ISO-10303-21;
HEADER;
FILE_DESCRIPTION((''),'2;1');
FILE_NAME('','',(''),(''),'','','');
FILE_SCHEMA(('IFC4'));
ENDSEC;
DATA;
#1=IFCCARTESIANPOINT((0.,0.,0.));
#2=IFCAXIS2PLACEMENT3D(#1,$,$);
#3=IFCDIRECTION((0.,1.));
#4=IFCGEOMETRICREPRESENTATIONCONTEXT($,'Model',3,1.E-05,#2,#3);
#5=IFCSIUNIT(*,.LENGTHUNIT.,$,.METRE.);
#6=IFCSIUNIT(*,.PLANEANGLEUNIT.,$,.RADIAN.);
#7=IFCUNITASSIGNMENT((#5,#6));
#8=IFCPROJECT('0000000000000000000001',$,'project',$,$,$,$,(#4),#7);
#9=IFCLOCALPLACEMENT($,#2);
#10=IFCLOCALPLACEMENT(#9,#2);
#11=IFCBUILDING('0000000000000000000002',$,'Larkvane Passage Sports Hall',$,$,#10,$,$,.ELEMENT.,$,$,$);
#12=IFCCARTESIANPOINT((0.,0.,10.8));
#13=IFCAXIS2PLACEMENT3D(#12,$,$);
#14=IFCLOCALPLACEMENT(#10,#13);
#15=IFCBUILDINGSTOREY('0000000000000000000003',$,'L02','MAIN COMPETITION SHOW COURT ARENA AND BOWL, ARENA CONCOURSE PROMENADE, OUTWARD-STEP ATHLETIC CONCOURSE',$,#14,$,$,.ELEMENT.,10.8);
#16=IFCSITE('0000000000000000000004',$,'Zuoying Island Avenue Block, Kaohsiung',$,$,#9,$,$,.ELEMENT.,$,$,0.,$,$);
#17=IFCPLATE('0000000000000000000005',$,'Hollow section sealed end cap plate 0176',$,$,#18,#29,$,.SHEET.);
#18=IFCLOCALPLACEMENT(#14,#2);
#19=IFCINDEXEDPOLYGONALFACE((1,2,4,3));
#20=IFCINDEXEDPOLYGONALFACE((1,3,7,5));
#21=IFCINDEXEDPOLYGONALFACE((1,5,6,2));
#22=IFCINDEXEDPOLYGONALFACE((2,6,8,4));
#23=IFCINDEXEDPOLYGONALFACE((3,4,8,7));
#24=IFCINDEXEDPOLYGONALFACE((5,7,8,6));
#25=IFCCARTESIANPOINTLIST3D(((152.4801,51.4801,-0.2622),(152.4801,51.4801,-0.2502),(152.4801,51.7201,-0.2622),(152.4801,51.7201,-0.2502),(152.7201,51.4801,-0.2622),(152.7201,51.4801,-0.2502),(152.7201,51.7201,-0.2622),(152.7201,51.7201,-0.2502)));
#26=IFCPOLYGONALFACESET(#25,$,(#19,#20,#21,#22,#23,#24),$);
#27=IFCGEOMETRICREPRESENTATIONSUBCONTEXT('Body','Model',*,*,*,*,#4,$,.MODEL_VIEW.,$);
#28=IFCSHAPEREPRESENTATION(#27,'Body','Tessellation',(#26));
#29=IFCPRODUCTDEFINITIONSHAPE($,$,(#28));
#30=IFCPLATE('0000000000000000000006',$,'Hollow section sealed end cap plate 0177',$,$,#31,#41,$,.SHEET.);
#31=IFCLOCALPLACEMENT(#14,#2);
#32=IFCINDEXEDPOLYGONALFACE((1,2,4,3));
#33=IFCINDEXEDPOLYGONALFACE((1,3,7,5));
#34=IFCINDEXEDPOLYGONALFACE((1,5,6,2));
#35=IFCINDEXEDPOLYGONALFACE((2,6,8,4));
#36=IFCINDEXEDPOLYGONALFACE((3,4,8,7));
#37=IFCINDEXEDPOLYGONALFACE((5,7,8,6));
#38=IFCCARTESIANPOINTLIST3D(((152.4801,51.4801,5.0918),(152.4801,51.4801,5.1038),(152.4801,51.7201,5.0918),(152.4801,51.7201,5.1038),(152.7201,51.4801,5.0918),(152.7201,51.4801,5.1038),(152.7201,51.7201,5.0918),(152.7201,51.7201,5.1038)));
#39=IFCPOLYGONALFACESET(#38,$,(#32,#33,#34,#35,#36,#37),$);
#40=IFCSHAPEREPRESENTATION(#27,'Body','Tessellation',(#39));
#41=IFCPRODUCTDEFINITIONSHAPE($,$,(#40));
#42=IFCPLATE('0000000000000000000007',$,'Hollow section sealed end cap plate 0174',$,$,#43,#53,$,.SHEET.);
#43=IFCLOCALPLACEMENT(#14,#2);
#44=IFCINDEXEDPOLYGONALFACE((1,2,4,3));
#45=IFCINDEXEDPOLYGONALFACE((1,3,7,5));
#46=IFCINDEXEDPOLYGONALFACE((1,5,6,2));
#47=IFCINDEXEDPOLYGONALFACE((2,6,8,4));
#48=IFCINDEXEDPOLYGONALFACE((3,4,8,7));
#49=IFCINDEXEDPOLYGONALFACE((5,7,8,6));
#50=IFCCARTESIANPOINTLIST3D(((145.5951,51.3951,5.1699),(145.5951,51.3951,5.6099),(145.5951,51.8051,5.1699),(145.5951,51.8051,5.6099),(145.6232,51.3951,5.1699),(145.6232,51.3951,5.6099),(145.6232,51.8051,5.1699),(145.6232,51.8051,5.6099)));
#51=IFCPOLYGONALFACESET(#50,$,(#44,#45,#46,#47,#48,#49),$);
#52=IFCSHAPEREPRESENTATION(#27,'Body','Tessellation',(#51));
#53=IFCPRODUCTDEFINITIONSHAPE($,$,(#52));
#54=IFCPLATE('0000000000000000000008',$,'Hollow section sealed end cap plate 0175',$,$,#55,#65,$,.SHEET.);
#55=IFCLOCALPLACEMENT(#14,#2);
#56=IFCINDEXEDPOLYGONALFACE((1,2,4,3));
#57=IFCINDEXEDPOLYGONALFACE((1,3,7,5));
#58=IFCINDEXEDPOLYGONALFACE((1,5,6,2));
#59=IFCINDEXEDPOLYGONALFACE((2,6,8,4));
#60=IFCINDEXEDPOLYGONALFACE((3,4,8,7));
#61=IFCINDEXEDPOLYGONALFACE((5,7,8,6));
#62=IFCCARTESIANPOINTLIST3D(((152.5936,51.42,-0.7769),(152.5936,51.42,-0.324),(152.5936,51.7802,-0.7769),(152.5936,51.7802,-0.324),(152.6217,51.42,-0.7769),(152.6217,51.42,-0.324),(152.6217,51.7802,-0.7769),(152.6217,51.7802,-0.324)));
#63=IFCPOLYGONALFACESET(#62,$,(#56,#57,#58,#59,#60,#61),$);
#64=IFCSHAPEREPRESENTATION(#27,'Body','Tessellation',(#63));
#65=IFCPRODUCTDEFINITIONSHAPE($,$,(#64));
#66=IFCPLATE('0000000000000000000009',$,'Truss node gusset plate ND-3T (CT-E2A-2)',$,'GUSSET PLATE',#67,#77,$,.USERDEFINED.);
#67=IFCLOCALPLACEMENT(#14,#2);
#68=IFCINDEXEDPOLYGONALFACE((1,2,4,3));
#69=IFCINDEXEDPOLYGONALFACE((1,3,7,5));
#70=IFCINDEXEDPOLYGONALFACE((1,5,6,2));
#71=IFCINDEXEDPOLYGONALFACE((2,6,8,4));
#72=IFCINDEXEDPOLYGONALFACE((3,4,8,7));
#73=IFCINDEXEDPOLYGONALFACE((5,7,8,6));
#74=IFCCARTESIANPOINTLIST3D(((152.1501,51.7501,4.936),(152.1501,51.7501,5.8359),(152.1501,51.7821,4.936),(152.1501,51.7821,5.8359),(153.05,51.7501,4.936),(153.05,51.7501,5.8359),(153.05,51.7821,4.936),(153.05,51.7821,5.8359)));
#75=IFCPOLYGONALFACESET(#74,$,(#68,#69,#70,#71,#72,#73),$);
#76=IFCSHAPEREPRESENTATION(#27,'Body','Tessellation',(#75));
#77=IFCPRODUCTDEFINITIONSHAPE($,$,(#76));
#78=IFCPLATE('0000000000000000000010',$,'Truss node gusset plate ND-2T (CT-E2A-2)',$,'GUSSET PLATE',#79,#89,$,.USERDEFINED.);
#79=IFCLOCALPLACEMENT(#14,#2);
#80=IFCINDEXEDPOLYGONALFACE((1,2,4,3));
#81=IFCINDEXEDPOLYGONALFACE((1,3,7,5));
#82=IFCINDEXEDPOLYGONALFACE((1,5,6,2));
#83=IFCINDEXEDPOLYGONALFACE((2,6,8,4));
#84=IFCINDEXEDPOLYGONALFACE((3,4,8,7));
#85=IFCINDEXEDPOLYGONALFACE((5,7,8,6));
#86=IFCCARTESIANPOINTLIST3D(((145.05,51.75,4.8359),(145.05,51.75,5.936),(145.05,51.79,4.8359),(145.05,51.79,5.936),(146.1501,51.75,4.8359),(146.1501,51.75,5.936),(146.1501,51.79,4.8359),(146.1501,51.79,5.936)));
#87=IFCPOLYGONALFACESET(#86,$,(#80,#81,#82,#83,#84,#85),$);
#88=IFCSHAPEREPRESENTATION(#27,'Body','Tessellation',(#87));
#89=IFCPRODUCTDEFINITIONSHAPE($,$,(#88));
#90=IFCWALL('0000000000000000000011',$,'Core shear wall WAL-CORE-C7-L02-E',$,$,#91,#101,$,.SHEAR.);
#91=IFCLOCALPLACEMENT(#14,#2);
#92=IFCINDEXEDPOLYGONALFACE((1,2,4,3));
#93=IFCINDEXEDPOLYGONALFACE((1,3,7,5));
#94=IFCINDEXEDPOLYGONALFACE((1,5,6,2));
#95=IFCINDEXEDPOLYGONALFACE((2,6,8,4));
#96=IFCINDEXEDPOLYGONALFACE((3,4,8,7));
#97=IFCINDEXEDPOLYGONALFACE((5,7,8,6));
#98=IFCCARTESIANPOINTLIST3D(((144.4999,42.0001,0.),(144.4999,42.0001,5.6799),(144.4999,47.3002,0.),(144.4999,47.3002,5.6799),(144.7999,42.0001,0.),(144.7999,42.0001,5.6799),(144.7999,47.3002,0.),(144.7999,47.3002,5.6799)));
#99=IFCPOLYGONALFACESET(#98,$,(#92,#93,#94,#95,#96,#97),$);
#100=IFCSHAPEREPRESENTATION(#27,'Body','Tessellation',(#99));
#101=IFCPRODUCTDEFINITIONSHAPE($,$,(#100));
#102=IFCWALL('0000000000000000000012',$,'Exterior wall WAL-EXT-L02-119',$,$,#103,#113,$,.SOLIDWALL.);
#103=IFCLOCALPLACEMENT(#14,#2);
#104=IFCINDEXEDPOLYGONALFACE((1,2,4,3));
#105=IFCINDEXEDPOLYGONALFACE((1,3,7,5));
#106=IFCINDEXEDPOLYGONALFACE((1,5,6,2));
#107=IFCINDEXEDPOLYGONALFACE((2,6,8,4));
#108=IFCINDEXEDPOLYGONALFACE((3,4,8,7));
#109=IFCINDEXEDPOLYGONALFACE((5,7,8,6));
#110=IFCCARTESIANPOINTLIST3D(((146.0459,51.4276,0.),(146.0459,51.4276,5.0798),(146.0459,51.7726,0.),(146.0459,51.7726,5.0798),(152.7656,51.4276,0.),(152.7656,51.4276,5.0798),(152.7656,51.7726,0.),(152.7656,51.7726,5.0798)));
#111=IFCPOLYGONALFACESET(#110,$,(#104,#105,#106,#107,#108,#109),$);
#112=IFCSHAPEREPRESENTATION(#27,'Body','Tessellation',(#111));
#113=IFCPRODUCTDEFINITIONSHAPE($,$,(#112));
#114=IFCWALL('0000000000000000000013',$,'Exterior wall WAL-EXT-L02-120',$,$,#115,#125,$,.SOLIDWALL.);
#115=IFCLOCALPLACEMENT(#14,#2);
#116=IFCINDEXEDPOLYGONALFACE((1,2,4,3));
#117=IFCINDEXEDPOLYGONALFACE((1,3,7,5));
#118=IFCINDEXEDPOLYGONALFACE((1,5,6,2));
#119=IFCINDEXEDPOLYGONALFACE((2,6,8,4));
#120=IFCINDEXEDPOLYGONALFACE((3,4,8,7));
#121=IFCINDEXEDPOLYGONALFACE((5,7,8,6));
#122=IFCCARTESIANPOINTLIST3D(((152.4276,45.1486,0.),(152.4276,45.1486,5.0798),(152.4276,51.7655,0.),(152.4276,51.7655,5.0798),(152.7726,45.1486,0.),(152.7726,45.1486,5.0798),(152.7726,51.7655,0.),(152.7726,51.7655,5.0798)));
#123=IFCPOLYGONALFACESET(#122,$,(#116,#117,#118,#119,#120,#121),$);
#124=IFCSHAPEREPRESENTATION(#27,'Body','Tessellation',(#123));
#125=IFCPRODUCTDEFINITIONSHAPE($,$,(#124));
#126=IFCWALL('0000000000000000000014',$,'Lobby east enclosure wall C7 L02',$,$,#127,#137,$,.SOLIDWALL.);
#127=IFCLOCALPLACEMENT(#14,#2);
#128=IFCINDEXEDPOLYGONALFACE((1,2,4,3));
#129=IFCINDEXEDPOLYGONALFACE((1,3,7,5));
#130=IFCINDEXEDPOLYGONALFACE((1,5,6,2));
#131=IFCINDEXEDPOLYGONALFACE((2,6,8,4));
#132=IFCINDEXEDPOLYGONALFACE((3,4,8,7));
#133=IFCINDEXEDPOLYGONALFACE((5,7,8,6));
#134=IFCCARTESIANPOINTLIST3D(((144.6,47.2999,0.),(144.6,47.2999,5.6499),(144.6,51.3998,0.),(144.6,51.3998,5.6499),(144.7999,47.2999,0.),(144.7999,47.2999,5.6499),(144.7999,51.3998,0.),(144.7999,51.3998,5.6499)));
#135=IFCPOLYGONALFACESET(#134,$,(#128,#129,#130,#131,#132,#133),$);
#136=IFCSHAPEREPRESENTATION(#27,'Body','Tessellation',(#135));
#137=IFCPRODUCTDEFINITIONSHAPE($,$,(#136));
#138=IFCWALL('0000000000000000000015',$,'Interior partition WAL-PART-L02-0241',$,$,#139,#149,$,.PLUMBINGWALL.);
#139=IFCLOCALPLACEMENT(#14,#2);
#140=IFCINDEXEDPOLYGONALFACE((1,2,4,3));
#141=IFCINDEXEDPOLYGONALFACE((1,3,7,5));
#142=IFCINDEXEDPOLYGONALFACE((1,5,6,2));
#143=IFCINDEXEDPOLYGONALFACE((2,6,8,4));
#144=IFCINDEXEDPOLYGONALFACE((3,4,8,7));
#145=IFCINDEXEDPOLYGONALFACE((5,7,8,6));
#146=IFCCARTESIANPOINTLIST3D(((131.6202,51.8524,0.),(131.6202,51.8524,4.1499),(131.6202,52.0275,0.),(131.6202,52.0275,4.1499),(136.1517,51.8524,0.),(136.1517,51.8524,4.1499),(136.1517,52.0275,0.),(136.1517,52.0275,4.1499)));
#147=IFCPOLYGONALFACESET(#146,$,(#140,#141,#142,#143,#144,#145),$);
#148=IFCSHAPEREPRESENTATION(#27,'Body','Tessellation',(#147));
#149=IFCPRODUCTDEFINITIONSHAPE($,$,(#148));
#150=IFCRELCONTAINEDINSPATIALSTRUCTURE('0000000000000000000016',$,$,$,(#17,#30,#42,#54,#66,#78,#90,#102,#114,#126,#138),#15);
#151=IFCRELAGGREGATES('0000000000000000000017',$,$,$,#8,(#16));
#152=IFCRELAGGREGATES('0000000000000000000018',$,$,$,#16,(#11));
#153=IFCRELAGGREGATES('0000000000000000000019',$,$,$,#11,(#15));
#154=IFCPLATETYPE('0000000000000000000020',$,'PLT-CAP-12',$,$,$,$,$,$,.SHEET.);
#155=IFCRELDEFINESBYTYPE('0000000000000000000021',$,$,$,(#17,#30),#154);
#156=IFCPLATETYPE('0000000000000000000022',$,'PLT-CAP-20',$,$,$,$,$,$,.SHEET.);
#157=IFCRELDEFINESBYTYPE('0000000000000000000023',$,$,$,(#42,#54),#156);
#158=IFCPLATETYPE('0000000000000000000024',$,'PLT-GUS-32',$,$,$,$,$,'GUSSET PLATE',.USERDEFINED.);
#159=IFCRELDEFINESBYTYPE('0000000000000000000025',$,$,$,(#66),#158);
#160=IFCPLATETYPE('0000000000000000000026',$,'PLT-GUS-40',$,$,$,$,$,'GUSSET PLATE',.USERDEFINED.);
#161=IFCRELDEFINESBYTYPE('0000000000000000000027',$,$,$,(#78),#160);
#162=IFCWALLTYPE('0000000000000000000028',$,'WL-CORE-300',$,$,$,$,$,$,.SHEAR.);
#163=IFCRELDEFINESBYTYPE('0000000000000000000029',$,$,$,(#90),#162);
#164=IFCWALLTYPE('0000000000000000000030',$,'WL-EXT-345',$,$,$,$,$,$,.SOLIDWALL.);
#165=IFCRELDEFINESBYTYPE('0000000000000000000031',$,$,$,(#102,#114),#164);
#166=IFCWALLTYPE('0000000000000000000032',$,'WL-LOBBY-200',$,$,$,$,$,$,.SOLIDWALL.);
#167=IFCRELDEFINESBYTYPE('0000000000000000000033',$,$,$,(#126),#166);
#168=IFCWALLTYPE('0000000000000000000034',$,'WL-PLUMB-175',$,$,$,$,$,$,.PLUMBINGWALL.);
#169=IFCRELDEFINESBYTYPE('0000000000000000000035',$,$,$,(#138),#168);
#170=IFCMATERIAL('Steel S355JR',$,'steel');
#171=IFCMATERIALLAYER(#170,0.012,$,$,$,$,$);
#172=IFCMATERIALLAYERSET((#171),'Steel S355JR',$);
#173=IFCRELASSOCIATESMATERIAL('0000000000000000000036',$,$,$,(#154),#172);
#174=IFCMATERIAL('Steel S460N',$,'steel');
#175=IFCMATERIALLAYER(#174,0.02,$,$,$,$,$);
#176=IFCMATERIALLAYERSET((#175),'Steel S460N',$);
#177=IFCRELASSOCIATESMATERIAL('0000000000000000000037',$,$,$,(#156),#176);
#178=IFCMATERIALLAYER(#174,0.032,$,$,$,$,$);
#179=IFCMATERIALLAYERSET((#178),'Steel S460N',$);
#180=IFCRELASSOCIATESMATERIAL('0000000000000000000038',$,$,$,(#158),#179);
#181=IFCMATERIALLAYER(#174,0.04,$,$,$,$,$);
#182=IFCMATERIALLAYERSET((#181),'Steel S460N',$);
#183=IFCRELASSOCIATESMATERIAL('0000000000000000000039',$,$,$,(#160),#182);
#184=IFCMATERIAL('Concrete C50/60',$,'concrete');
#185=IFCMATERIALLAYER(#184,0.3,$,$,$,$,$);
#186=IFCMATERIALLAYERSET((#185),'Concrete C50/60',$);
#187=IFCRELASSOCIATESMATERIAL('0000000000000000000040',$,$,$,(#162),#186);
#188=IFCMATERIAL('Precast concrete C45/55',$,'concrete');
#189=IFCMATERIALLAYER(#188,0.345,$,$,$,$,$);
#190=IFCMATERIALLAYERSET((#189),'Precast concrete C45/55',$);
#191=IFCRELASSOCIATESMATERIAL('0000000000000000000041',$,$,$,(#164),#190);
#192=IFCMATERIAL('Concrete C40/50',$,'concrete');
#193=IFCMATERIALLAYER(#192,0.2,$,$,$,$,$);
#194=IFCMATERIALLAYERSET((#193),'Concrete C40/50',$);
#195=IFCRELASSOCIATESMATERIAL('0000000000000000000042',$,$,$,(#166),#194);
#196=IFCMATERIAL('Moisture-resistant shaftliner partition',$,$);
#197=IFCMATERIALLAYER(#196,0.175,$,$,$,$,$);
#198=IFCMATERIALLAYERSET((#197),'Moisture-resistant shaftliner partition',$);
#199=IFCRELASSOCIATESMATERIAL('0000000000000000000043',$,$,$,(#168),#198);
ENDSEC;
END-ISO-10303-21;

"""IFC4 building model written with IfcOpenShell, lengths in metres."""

from ifc_helpers import new_model, si_unit, direction, frame, frame_2d, origin, origin_2d, place, context, subcontext, project, spatial, rectangle, extrude, material, layer, layer_set, type_object, element, save


model = new_model("IFC4")

# Units and contexts
model_context = context("Model", 3, precision=1e-05, world=origin(), true_north=direction((0.0, 1.0)))
body_context = subcontext(model_context, "Body", "Model", "MODEL_VIEW")
ifc_project = project(units=[si_unit("LENGTHUNIT", "METRE"), si_unit("PLANEANGLEUNIT", "RADIAN")], contexts=[model_context])

# Site, building, storey
site_placement = place(None, origin())
site = spatial("IfcSite", under=ifc_project, at=site_placement, Name="Zuoying Island Avenue Block, Kaohsiung", CompositionType="ELEMENT", RefElevation=0.0)
building_placement = place(site_placement, origin())
building = spatial("IfcBuilding", under=site, at=building_placement, Name="Larkvane Passage Sports Hall", CompositionType="ELEMENT")
storey_placement = place(building_placement, frame((0.0, 0.0, 10.8)))
storey = spatial("IfcBuildingStorey", under=building, at=storey_placement, Name="L02", Description="MAIN COMPETITION SHOW COURT ARENA AND BOWL, ARENA CONCOURSE PROMENADE, OUTWARD-STEP ATHLETIC CONCOURSE", CompositionType="ELEMENT", Elevation=10.8)

# Shared definitions
ifc_material_1 = material(Name="Steel S460N", Category="steel")

# Plates
ifc_material_2 = material(Name="Steel S355JR", Category="steel")
ifc_layer_1 = layer(ifc_material_2, 0.012)
ifc_layer_set_1 = layer_set([ifc_layer_1], Name="Steel S355JR")
plate_type_1 = type_object("IfcPlateType", Name="PLT-CAP-12", PredefinedType="SHEET", material=ifc_layer_set_1)
for number, where, z_axis, x_axis, name in (
    (1, (152.6001, 51.6001, -0.2622), (0.0, 0.0, 1.0), (1.0, 0.0, 0.0), "Hollow section sealed end cap plate 0176"),
    (2, (152.6001, 51.6001, 5.0918), (0.0, 0.0, 1.0), (1.0, 0.0, 0.0), "Hollow section sealed end cap plate 0177"),
):
    element("IfcPlate", number, at=place(storey_placement, frame(where, z_axis=z_axis, x_axis=x_axis)), inside=storey, type_object=plate_type_1, Name=name, PredefinedType="SHEET", context=body_context, shape_type="SweptSolid", body=[
        extrude(rectangle(XDim=0.24, YDim=0.24, at=origin_2d()), origin(), (0.0, 0.0, 1.0), 0.012),
    ])
ifc_layer_2 = layer(ifc_material_1, 0.02)
ifc_layer_set_2 = layer_set([ifc_layer_2], Name="Steel S460N")
plate_type_2 = type_object("IfcPlateType", Name="PLT-CAP-20", PredefinedType="SHEET", material=ifc_layer_set_2)
plate_1_placement = place(storey_placement, frame((145.6091, 51.6001, 5.1699), z_axis=(0.0, 0.0, 1.0), x_axis=(0.0, 1.0, 0.0)))
element("IfcPlate", 3, at=plate_1_placement, inside=storey, type_object=plate_type_2, Name="Hollow section sealed end cap plate 0174", PredefinedType="SHEET", context=body_context, shape_type="SweptSolid", body=[
    extrude(rectangle(XDim=0.4099, YDim=0.0281, at=origin_2d()), origin(), (0.0, 0.0, 1.0), 0.4399),
])
plate_2_placement = place(storey_placement, frame((152.6077, 51.6001, -0.7769), z_axis=(0.0, 0.0, 1.0), x_axis=(0.0, 1.0, 0.0)))
element("IfcPlate", 4, at=plate_2_placement, inside=storey, type_object=plate_type_2, Name="Hollow section sealed end cap plate 0175", PredefinedType="SHEET", context=body_context, shape_type="SweptSolid", body=[
    extrude(rectangle(XDim=0.3601, YDim=0.0281, at=origin_2d()), origin(), (0.0, 0.0, 1.0), 0.4529),
])
ifc_layer_3 = layer(ifc_material_1, 0.032)
ifc_layer_set_3 = layer_set([ifc_layer_3], Name="Steel S460N")
plate_type_3 = type_object("IfcPlateType", Name="PLT-GUS-32", ElementType="GUSSET PLATE", PredefinedType="USERDEFINED", material=ifc_layer_set_3)
plate_3_placement = place(storey_placement, frame((152.6001, 51.7661, 4.936), z_axis=(0.0, 0.0, 1.0), x_axis=(1.0, 0.0, 0.0)))
element("IfcPlate", 5, at=plate_3_placement, inside=storey, type_object=plate_type_3, Name="Truss node gusset plate ND-3T (CT-E2A-2)", ObjectType="GUSSET PLATE", PredefinedType="USERDEFINED", context=body_context, shape_type="SweptSolid", body=[
    extrude(rectangle(XDim=0.8999, YDim=0.032, at=origin_2d()), origin(), (0.0, 0.0, 1.0), 0.8999),
])
ifc_layer_4 = layer(ifc_material_1, 0.04)
ifc_layer_set_4 = layer_set([ifc_layer_4], Name="Steel S460N")
plate_type_4 = type_object("IfcPlateType", Name="PLT-GUS-40", ElementType="GUSSET PLATE", PredefinedType="USERDEFINED", material=ifc_layer_set_4)
plate_4_placement = place(storey_placement, frame((145.6001, 51.77, 4.8359), z_axis=(0.0, 0.0, 1.0), x_axis=(1.0, 0.0, 0.0)))
element("IfcPlate", 6, at=plate_4_placement, inside=storey, type_object=plate_type_4, Name="Truss node gusset plate ND-2T (CT-E2A-2)", ObjectType="GUSSET PLATE", PredefinedType="USERDEFINED", context=body_context, shape_type="SweptSolid", body=[
    extrude(rectangle(XDim=1.1001, YDim=0.04, at=origin_2d()), origin(), (0.0, 0.0, 1.0), 1.1001),
])

# Walls
ifc_material_3 = material(Name="Concrete C50/60", Category="concrete")
ifc_layer_5 = layer(ifc_material_3, 0.3)
ifc_layer_set_5 = layer_set([ifc_layer_5], Name="Concrete C50/60")
wall_type_1 = type_object("IfcWallType", Name="WL-CORE-300", PredefinedType="SHEAR", material=ifc_layer_set_5)
wall_1_placement = place(storey_placement, frame((144.6499, 47.3, 0.0), z_axis=(0.0, 0.0, 1.0), x_axis=(0.0, -1.0, 0.0)))
element("IfcWall", 7, at=wall_1_placement, inside=storey, type_object=wall_type_1, Name="Core shear wall WAL-CORE-C7-L02-E", PredefinedType="SHEAR", context=body_context, shape_type="SweptSolid", body=[
    extrude(rectangle(XDim=5.3, YDim=0.3, at=frame_2d((2.6499, 0.0))), origin(), (0.0, 0.0, 1.0), 5.6799),
])
ifc_material_4 = material(Name="Precast concrete C45/55", Category="concrete")
ifc_layer_6 = layer(ifc_material_4, 0.345)
ifc_layer_set_6 = layer_set([ifc_layer_6], Name="Precast concrete C45/55")
wall_type_2 = type_object("IfcWallType", Name="WL-EXT-345", PredefinedType="SOLIDWALL", material=ifc_layer_set_6)
wall_2_placement = place(storey_placement, frame((146.0459, 51.6001, 0.0), z_axis=(0.0, 0.0, 1.0), x_axis=(1.0, 0.0, 0.0)))
element("IfcWall", 8, at=wall_2_placement, inside=storey, type_object=wall_type_2, Name="Exterior wall WAL-EXT-L02-119", PredefinedType="SOLIDWALL", context=body_context, shape_type="SweptSolid", body=[
    extrude(rectangle(XDim=6.7197, YDim=0.345, at=frame_2d((3.3599, 0.0))), origin(), (0.0, 0.0, 1.0), 5.0798),
])
wall_3_placement = place(storey_placement, frame((152.6001, 51.7656, 0.0), z_axis=(0.0, 0.0, 1.0), x_axis=(0.0, -1.0, 0.0)))
element("IfcWall", 9, at=wall_3_placement, inside=storey, type_object=wall_type_2, Name="Exterior wall WAL-EXT-L02-120", PredefinedType="SOLIDWALL", context=body_context, shape_type="SweptSolid", body=[
    extrude(rectangle(XDim=6.6169, YDim=0.345, at=frame_2d((3.3086, 0.0))), origin(), (0.0, 0.0, 1.0), 5.0798),
])
ifc_material_5 = material(Name="Concrete C40/50", Category="concrete")
ifc_layer_7 = layer(ifc_material_5, 0.2)
ifc_layer_set_7 = layer_set([ifc_layer_7], Name="Concrete C40/50")
wall_type_3 = type_object("IfcWallType", Name="WL-LOBBY-200", PredefinedType="SOLIDWALL", material=ifc_layer_set_7)
wall_4_placement = place(storey_placement, frame((144.7, 47.3, 0.0), z_axis=(0.0, 0.0, 1.0), x_axis=(0.0, 1.0, 0.0)))
element("IfcWall", 10, at=wall_4_placement, inside=storey, type_object=wall_type_3, Name="Lobby east enclosure wall C7 L02", PredefinedType="SOLIDWALL", context=body_context, shape_type="SweptSolid", body=[
    extrude(rectangle(XDim=4.0999, YDim=0.2, at=frame_2d((2.0498, 0.0))), origin(), (0.0, 0.0, 1.0), 5.6499),
])
ifc_material_6 = material(Name="Moisture-resistant shaftliner partition")
ifc_layer_8 = layer(ifc_material_6, 0.175)
ifc_layer_set_8 = layer_set([ifc_layer_8], Name="Moisture-resistant shaftliner partition")
wall_type_4 = type_object("IfcWallType", Name="WL-PLUMB-175", PredefinedType="PLUMBINGWALL", material=ifc_layer_set_8)
wall_5_placement = place(storey_placement, frame((136.1516, 51.9399, 0.0), z_axis=(0.0, 0.0, 1.0), x_axis=(-1.0, 0.0, 0.0)))
element("IfcWall", 11, at=wall_5_placement, inside=storey, type_object=wall_type_4, Name="Interior partition WAL-PART-L02-0241", PredefinedType="PLUMBINGWALL", context=body_context, shape_type="SweptSolid", body=[
    extrude(rectangle(XDim=4.5315, YDim=0.175, at=frame_2d((2.2656, 0.0))), origin(), (0.0, 0.0, 1.0), 4.1499),
])

save(model, "model.ifc")
